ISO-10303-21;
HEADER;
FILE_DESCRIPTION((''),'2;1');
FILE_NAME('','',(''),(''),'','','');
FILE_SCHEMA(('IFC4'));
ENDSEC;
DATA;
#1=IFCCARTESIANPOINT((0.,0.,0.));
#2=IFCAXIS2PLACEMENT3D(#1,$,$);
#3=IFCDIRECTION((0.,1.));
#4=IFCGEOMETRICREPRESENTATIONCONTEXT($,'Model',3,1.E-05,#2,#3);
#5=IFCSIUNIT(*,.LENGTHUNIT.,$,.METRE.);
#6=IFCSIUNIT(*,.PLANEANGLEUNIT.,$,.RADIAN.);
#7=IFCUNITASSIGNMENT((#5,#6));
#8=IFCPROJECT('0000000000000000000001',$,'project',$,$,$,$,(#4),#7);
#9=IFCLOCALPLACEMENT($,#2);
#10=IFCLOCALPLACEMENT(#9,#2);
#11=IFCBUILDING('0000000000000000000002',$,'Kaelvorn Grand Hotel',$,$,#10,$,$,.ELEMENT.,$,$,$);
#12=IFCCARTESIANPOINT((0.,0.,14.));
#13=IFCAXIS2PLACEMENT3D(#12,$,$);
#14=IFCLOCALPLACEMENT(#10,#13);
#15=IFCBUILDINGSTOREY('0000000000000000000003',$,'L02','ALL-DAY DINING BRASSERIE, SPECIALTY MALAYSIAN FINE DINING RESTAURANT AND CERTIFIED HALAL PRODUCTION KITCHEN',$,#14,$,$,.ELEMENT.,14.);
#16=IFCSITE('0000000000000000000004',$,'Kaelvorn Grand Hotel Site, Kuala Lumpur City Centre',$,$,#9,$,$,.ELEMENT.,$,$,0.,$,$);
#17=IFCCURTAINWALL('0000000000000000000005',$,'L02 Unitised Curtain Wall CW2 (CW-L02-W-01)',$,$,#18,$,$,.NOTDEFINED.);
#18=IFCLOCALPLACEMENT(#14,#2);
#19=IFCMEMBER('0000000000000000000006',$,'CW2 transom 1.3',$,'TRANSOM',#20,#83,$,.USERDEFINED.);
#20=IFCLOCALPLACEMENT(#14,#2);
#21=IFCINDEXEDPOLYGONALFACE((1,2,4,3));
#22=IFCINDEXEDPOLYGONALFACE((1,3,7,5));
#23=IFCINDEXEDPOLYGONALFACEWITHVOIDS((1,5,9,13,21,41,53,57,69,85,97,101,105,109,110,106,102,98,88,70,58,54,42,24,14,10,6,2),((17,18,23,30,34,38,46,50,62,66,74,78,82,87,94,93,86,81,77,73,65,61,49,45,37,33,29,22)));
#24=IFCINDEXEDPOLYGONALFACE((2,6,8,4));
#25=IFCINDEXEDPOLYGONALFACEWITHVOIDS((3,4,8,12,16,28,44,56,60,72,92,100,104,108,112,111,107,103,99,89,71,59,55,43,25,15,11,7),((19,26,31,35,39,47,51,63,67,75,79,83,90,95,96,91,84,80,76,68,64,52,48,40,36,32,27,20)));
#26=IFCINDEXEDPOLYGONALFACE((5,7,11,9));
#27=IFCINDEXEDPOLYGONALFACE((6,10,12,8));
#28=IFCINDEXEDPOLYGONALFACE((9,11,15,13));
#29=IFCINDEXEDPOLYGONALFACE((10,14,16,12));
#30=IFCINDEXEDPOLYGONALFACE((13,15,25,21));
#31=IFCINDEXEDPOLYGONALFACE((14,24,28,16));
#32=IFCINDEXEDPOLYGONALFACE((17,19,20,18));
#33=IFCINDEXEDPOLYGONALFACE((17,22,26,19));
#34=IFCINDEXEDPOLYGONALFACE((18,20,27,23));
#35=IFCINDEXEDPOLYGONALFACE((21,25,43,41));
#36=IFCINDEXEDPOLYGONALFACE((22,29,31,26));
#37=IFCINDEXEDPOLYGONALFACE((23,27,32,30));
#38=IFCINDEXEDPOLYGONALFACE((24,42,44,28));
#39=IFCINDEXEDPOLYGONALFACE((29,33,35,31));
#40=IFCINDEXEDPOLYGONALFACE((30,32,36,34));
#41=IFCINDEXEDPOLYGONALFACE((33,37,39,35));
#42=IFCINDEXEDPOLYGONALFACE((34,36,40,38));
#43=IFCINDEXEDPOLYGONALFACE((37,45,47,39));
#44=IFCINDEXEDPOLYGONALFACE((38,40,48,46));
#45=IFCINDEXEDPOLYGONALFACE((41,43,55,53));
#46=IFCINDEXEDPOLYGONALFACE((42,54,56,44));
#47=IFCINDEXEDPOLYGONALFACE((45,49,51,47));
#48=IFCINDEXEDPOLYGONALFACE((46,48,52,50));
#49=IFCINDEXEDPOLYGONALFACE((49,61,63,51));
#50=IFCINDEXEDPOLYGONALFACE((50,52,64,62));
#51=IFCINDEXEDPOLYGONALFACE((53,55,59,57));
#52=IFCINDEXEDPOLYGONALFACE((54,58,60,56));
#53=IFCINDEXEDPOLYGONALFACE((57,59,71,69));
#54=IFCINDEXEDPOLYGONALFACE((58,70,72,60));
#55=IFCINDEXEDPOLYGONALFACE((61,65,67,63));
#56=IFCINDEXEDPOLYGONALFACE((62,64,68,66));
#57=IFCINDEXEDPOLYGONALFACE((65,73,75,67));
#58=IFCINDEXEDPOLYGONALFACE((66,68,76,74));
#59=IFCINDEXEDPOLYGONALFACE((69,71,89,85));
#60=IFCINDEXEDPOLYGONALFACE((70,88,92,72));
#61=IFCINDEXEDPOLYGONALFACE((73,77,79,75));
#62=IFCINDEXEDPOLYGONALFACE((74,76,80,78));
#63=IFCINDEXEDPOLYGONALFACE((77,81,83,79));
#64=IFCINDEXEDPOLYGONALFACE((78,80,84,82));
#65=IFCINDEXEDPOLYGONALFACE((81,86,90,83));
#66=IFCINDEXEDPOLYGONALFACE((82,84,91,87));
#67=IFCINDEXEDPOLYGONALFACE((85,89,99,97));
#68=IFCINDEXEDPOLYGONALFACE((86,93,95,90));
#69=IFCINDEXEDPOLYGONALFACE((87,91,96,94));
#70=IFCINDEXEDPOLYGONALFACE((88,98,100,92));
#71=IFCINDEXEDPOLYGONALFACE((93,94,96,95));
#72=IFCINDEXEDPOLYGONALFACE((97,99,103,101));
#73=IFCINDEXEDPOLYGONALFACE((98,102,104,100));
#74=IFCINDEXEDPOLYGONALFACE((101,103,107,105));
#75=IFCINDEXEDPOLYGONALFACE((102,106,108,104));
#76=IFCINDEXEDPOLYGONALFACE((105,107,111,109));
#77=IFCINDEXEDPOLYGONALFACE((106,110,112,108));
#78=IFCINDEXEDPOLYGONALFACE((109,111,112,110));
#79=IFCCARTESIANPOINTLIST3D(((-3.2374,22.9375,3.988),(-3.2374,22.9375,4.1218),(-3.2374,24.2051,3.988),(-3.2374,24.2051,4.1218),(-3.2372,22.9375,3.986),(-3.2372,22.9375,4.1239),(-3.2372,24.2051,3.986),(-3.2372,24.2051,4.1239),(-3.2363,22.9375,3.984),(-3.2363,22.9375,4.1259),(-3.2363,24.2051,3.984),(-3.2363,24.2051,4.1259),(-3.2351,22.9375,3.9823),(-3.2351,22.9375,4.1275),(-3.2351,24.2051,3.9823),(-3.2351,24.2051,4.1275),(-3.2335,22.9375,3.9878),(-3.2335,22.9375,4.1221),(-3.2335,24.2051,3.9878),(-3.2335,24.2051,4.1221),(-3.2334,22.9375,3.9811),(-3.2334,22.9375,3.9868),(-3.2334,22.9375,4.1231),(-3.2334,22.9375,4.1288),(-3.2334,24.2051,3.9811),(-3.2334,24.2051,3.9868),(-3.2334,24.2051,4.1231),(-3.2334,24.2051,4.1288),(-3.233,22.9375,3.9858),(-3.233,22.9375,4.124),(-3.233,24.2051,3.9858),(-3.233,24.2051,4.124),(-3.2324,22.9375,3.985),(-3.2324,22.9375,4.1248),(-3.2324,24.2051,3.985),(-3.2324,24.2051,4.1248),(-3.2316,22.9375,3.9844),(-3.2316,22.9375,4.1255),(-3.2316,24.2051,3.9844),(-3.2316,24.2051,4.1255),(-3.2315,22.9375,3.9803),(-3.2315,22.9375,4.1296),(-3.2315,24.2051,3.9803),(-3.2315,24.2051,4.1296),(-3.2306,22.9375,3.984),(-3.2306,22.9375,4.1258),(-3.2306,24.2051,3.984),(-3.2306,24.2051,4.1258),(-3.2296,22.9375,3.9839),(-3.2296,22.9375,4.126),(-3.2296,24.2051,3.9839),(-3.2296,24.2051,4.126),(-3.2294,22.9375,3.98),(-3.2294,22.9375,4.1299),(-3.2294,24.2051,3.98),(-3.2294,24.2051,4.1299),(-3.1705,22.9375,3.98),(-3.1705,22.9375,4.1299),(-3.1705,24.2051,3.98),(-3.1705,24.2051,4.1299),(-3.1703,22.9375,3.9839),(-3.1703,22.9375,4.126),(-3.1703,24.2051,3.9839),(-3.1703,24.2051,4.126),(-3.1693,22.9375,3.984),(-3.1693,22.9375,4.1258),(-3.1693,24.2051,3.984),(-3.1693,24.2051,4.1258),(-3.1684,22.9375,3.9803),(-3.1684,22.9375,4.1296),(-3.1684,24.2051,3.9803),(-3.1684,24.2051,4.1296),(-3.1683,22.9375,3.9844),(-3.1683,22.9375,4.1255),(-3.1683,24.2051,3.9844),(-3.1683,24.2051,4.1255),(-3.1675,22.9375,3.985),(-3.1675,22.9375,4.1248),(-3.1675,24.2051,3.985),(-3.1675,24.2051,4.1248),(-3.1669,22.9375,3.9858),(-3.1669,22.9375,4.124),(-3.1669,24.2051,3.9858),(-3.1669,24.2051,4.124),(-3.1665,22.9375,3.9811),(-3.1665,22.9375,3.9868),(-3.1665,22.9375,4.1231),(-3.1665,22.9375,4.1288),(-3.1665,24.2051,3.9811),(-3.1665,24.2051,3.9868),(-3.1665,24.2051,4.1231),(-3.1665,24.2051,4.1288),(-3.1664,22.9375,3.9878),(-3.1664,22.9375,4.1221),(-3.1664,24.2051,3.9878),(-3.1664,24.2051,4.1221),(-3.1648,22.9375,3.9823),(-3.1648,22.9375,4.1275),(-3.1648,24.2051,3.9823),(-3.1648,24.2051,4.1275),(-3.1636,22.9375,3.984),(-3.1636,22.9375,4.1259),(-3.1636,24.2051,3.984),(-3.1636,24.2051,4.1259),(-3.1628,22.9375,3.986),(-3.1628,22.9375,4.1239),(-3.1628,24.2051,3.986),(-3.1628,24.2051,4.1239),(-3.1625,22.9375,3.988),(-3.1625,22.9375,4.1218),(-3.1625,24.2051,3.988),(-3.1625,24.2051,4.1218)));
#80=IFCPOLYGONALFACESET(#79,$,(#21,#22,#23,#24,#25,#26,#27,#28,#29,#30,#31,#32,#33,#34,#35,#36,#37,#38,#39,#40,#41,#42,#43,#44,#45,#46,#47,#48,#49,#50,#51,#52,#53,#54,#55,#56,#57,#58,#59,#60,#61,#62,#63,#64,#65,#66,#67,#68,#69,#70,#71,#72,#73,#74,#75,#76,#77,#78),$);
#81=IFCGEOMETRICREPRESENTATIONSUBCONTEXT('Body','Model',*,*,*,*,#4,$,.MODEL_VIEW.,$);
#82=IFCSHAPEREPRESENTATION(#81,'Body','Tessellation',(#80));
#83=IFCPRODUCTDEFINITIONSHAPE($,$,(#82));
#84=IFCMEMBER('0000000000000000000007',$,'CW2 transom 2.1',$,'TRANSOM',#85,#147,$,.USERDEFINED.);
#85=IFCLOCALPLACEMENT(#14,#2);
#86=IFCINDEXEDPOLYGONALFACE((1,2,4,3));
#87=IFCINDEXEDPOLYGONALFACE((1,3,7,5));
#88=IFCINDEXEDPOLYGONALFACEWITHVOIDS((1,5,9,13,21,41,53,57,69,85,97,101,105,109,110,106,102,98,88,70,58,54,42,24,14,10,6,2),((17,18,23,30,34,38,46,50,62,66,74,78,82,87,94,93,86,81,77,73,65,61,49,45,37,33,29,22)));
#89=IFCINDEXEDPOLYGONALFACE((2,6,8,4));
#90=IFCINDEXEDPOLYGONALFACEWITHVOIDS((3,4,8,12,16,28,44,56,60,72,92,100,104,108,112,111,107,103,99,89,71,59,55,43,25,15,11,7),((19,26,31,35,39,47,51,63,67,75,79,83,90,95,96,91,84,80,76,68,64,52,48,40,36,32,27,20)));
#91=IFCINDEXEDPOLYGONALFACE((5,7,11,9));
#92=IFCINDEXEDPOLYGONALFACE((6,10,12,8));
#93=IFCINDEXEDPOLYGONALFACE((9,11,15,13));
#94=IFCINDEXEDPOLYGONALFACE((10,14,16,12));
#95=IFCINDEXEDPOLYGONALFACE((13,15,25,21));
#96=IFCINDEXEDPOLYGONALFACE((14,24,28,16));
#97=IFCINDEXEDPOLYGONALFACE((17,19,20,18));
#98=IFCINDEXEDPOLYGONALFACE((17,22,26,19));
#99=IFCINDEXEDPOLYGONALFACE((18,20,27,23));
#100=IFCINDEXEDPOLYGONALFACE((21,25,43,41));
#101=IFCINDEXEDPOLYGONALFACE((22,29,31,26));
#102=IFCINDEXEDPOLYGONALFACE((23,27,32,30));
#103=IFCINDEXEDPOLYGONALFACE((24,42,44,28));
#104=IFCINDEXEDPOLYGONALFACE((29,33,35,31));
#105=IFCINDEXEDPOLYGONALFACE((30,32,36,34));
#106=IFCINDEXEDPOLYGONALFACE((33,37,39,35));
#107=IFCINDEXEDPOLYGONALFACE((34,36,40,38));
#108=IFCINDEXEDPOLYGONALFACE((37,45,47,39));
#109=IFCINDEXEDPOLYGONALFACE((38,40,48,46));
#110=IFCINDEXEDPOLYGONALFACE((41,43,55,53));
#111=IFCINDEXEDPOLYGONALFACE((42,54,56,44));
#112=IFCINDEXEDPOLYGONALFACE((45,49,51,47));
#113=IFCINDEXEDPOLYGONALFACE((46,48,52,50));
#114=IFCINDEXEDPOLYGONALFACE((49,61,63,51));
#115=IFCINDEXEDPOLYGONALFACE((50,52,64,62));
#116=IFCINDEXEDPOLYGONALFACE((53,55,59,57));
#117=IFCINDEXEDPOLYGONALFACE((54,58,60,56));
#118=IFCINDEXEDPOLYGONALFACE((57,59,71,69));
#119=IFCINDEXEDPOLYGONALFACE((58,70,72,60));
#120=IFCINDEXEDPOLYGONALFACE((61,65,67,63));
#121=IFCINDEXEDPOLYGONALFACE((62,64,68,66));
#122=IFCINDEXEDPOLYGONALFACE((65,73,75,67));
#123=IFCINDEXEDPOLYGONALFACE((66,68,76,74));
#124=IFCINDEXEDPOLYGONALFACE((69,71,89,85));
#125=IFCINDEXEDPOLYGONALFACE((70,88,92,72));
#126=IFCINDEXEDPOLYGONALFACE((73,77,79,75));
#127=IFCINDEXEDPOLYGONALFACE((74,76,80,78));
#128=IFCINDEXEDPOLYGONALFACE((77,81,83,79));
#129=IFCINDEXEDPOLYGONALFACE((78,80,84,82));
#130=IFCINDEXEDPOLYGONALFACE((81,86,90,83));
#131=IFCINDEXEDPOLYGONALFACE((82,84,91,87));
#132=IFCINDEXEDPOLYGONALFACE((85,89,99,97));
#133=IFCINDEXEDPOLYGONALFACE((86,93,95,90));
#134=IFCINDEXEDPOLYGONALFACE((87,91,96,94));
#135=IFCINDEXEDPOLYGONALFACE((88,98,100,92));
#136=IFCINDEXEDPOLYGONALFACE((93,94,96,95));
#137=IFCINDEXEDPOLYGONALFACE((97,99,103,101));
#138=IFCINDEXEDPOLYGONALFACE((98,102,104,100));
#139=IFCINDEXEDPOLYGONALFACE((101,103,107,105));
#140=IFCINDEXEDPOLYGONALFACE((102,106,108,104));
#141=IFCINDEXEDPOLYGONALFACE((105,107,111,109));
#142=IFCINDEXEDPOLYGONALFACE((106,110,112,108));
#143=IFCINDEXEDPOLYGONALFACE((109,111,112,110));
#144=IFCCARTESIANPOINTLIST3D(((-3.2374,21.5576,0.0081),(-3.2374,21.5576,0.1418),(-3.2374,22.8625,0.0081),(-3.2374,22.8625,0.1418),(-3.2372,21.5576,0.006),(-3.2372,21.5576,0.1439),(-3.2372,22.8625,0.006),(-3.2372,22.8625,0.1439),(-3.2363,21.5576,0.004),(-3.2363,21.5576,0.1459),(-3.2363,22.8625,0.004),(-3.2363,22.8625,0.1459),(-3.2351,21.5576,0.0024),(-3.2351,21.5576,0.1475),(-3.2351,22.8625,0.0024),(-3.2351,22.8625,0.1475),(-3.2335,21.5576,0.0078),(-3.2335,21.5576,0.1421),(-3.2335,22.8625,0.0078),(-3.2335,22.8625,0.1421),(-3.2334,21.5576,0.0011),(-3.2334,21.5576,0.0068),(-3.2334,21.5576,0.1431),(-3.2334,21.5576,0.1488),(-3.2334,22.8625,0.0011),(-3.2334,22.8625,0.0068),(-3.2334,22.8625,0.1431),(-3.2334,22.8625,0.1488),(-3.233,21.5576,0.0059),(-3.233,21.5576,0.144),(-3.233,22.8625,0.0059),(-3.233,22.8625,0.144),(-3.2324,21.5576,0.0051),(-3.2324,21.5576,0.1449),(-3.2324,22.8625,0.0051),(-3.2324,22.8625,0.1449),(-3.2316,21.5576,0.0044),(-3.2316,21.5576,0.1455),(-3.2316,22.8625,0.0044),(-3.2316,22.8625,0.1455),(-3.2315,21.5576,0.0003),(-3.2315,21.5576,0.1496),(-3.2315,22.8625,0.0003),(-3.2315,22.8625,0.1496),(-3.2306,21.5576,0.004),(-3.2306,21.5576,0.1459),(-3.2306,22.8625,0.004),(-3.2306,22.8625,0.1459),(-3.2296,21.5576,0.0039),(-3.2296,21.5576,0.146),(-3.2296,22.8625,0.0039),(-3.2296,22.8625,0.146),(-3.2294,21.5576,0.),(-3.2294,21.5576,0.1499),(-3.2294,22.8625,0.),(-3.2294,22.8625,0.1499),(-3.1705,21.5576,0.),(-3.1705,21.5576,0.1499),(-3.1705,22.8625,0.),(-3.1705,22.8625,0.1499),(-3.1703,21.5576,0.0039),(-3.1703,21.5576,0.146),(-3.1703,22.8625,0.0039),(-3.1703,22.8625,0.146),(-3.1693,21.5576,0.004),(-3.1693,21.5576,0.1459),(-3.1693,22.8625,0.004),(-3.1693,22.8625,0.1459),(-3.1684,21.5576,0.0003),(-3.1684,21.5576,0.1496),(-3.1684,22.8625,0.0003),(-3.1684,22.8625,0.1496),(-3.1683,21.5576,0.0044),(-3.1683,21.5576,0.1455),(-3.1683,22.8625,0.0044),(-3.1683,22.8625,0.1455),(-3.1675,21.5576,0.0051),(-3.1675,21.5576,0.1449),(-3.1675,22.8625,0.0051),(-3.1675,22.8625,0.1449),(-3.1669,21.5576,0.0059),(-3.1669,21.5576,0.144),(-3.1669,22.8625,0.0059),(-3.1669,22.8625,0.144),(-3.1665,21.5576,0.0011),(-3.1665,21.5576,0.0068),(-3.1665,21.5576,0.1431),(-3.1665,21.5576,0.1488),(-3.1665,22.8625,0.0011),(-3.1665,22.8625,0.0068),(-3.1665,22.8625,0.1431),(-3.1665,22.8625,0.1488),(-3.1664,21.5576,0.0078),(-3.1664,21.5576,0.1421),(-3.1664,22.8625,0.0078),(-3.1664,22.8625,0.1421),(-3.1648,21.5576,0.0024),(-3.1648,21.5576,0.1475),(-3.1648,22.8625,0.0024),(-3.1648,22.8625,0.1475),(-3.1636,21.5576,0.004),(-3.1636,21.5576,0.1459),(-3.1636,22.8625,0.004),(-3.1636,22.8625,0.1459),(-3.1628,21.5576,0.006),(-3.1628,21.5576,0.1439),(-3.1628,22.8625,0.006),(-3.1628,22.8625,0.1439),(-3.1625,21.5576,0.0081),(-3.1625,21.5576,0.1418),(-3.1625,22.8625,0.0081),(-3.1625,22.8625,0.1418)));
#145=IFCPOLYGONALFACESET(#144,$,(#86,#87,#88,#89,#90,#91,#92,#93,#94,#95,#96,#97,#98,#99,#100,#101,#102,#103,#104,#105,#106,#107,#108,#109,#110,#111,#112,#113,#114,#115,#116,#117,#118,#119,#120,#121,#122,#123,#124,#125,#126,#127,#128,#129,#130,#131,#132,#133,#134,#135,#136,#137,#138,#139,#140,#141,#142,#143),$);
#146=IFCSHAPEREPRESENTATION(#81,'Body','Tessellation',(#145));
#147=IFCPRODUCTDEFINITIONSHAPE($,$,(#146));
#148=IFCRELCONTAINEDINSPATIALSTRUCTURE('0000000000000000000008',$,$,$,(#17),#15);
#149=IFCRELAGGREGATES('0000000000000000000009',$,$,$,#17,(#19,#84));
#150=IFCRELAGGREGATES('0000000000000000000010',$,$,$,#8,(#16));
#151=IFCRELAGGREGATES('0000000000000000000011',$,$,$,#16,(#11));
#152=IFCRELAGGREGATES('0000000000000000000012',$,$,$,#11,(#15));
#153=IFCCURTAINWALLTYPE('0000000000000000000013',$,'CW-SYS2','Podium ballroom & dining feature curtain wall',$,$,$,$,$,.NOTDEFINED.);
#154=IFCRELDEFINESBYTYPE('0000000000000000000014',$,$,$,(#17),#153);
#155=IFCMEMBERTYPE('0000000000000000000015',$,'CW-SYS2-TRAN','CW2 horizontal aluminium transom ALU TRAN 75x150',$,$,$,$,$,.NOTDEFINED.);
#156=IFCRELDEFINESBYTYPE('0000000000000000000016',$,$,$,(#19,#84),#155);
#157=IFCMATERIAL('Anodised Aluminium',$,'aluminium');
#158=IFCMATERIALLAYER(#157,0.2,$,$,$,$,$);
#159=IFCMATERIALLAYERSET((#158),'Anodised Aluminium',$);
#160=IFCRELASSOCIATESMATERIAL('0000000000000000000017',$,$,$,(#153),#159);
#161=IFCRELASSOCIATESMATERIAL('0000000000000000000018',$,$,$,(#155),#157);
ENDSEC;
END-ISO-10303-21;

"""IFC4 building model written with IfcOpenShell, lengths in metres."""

from ifc_helpers import new_model, si_unit, direction, frame, origin, origin_2d, place, context, subcontext, project, spatial, hollow_rectangle, extrude, material, layer, layer_set, material_profile, profile_set, type_object, element, aggregate, save


model = new_model("IFC4")

# Units and contexts
model_context = context("Model", 3, precision=1e-05, world=origin(), true_north=direction((0.0, 1.0)))
body_context = subcontext(model_context, "Body", "Model", "MODEL_VIEW")
ifc_project = project(units=[si_unit("LENGTHUNIT", "METRE"), si_unit("PLANEANGLEUNIT", "RADIAN")], contexts=[model_context])

# Site, building, storey
site_placement = place(None, origin())
site = spatial("IfcSite", under=ifc_project, at=site_placement, Name="Kaelvorn Grand Hotel Site, Kuala Lumpur City Centre", CompositionType="ELEMENT", RefElevation=0.0)
building_placement = place(site_placement, origin())
building = spatial("IfcBuilding", under=site, at=building_placement, Name="Kaelvorn Grand Hotel", CompositionType="ELEMENT")
storey_placement = place(building_placement, frame((0.0, 0.0, 14.0)))
storey = spatial("IfcBuildingStorey", under=building, at=storey_placement, Name="L02", Description="ALL-DAY DINING BRASSERIE, SPECIALTY MALAYSIAN FINE DINING RESTAURANT AND CERTIFIED HALAL PRODUCTION KITCHEN", CompositionType="ELEMENT", Elevation=14.0)

# Shared definitions
ifc_material_1 = material(Name="Anodised Aluminium", Category="aluminium")
ifc_layer_1 = layer(ifc_material_1, 0.2)
ifc_layer_set_1 = layer_set([ifc_layer_1], Name="Anodised Aluminium")
curtain_wall_type = type_object("IfcCurtainWallType", Name="CW-SYS2", Description="Podium ballroom & dining feature curtain wall", PredefinedType="NOTDEFINED", material=ifc_layer_set_1)

# Curtain wall
curtain_wall_1_placement = place(storey_placement, origin())
curtain_wall_1 = element("IfcCurtainWall", 1, at=curtain_wall_1_placement, inside=storey, type_object=curtain_wall_type, Name="L02 Unitised Curtain Wall CW2 (CW-L02-W-01)", PredefinedType="NOTDEFINED")

# Members
ifc_material_profile_1 = material_profile(ifc_material_1, hollow_rectangle(XDim=0.075, YDim=0.1499, WallThickness=0.0039, InnerFilletRadius=0.0039, OuterFilletRadius=0.0081, at=origin_2d()), Name="ALU TRAN 75x150")
ifc_profile_set_1 = profile_set([ifc_material_profile_1], Name="Anodised Aluminium")
member_type_1 = type_object("IfcMemberType", Name="CW-SYS2-TRAN", Description="CW2 horizontal aluminium transom ALU TRAN 75x150", PredefinedType="NOTDEFINED", material=ifc_profile_set_1)
member_1_placement = place(storey_placement, frame((-3.2, 24.2051, 4.0549), z_axis=(0.0, -1.0, 0.0), x_axis=(1.0, 0.0, 0.0)))
member_1 = element("IfcMember", 2, at=member_1_placement, type_object=member_type_1, Name="CW2 transom 1.3", ObjectType="TRANSOM", PredefinedType="USERDEFINED", context=body_context, shape_type="SweptSolid", body=[
    extrude(hollow_rectangle(XDim=0.075, YDim=0.1499, WallThickness=0.0039, InnerFilletRadius=0.0039, OuterFilletRadius=0.0081, at=origin_2d()), origin(), (0.0, 0.0, 1.0), 1.2676),
])
member_2_placement = place(storey_placement, frame((-3.2, 22.8625, 0.075), z_axis=(0.0, -1.0, 0.0), x_axis=(1.0, 0.0, 0.0)))
member_2 = element("IfcMember", 3, at=member_2_placement, type_object=member_type_1, Name="CW2 transom 2.1", ObjectType="TRANSOM", PredefinedType="USERDEFINED", context=body_context, shape_type="SweptSolid", body=[
    extrude(hollow_rectangle(XDim=0.075, YDim=0.1499, WallThickness=0.0039, InnerFilletRadius=0.0039, OuterFilletRadius=0.0081, at=origin_2d()), origin(), (0.0, 0.0, 1.0), 1.3049),
])

aggregate(curtain_wall_1, [member_1, member_2])

save(model, "model.ifc")
